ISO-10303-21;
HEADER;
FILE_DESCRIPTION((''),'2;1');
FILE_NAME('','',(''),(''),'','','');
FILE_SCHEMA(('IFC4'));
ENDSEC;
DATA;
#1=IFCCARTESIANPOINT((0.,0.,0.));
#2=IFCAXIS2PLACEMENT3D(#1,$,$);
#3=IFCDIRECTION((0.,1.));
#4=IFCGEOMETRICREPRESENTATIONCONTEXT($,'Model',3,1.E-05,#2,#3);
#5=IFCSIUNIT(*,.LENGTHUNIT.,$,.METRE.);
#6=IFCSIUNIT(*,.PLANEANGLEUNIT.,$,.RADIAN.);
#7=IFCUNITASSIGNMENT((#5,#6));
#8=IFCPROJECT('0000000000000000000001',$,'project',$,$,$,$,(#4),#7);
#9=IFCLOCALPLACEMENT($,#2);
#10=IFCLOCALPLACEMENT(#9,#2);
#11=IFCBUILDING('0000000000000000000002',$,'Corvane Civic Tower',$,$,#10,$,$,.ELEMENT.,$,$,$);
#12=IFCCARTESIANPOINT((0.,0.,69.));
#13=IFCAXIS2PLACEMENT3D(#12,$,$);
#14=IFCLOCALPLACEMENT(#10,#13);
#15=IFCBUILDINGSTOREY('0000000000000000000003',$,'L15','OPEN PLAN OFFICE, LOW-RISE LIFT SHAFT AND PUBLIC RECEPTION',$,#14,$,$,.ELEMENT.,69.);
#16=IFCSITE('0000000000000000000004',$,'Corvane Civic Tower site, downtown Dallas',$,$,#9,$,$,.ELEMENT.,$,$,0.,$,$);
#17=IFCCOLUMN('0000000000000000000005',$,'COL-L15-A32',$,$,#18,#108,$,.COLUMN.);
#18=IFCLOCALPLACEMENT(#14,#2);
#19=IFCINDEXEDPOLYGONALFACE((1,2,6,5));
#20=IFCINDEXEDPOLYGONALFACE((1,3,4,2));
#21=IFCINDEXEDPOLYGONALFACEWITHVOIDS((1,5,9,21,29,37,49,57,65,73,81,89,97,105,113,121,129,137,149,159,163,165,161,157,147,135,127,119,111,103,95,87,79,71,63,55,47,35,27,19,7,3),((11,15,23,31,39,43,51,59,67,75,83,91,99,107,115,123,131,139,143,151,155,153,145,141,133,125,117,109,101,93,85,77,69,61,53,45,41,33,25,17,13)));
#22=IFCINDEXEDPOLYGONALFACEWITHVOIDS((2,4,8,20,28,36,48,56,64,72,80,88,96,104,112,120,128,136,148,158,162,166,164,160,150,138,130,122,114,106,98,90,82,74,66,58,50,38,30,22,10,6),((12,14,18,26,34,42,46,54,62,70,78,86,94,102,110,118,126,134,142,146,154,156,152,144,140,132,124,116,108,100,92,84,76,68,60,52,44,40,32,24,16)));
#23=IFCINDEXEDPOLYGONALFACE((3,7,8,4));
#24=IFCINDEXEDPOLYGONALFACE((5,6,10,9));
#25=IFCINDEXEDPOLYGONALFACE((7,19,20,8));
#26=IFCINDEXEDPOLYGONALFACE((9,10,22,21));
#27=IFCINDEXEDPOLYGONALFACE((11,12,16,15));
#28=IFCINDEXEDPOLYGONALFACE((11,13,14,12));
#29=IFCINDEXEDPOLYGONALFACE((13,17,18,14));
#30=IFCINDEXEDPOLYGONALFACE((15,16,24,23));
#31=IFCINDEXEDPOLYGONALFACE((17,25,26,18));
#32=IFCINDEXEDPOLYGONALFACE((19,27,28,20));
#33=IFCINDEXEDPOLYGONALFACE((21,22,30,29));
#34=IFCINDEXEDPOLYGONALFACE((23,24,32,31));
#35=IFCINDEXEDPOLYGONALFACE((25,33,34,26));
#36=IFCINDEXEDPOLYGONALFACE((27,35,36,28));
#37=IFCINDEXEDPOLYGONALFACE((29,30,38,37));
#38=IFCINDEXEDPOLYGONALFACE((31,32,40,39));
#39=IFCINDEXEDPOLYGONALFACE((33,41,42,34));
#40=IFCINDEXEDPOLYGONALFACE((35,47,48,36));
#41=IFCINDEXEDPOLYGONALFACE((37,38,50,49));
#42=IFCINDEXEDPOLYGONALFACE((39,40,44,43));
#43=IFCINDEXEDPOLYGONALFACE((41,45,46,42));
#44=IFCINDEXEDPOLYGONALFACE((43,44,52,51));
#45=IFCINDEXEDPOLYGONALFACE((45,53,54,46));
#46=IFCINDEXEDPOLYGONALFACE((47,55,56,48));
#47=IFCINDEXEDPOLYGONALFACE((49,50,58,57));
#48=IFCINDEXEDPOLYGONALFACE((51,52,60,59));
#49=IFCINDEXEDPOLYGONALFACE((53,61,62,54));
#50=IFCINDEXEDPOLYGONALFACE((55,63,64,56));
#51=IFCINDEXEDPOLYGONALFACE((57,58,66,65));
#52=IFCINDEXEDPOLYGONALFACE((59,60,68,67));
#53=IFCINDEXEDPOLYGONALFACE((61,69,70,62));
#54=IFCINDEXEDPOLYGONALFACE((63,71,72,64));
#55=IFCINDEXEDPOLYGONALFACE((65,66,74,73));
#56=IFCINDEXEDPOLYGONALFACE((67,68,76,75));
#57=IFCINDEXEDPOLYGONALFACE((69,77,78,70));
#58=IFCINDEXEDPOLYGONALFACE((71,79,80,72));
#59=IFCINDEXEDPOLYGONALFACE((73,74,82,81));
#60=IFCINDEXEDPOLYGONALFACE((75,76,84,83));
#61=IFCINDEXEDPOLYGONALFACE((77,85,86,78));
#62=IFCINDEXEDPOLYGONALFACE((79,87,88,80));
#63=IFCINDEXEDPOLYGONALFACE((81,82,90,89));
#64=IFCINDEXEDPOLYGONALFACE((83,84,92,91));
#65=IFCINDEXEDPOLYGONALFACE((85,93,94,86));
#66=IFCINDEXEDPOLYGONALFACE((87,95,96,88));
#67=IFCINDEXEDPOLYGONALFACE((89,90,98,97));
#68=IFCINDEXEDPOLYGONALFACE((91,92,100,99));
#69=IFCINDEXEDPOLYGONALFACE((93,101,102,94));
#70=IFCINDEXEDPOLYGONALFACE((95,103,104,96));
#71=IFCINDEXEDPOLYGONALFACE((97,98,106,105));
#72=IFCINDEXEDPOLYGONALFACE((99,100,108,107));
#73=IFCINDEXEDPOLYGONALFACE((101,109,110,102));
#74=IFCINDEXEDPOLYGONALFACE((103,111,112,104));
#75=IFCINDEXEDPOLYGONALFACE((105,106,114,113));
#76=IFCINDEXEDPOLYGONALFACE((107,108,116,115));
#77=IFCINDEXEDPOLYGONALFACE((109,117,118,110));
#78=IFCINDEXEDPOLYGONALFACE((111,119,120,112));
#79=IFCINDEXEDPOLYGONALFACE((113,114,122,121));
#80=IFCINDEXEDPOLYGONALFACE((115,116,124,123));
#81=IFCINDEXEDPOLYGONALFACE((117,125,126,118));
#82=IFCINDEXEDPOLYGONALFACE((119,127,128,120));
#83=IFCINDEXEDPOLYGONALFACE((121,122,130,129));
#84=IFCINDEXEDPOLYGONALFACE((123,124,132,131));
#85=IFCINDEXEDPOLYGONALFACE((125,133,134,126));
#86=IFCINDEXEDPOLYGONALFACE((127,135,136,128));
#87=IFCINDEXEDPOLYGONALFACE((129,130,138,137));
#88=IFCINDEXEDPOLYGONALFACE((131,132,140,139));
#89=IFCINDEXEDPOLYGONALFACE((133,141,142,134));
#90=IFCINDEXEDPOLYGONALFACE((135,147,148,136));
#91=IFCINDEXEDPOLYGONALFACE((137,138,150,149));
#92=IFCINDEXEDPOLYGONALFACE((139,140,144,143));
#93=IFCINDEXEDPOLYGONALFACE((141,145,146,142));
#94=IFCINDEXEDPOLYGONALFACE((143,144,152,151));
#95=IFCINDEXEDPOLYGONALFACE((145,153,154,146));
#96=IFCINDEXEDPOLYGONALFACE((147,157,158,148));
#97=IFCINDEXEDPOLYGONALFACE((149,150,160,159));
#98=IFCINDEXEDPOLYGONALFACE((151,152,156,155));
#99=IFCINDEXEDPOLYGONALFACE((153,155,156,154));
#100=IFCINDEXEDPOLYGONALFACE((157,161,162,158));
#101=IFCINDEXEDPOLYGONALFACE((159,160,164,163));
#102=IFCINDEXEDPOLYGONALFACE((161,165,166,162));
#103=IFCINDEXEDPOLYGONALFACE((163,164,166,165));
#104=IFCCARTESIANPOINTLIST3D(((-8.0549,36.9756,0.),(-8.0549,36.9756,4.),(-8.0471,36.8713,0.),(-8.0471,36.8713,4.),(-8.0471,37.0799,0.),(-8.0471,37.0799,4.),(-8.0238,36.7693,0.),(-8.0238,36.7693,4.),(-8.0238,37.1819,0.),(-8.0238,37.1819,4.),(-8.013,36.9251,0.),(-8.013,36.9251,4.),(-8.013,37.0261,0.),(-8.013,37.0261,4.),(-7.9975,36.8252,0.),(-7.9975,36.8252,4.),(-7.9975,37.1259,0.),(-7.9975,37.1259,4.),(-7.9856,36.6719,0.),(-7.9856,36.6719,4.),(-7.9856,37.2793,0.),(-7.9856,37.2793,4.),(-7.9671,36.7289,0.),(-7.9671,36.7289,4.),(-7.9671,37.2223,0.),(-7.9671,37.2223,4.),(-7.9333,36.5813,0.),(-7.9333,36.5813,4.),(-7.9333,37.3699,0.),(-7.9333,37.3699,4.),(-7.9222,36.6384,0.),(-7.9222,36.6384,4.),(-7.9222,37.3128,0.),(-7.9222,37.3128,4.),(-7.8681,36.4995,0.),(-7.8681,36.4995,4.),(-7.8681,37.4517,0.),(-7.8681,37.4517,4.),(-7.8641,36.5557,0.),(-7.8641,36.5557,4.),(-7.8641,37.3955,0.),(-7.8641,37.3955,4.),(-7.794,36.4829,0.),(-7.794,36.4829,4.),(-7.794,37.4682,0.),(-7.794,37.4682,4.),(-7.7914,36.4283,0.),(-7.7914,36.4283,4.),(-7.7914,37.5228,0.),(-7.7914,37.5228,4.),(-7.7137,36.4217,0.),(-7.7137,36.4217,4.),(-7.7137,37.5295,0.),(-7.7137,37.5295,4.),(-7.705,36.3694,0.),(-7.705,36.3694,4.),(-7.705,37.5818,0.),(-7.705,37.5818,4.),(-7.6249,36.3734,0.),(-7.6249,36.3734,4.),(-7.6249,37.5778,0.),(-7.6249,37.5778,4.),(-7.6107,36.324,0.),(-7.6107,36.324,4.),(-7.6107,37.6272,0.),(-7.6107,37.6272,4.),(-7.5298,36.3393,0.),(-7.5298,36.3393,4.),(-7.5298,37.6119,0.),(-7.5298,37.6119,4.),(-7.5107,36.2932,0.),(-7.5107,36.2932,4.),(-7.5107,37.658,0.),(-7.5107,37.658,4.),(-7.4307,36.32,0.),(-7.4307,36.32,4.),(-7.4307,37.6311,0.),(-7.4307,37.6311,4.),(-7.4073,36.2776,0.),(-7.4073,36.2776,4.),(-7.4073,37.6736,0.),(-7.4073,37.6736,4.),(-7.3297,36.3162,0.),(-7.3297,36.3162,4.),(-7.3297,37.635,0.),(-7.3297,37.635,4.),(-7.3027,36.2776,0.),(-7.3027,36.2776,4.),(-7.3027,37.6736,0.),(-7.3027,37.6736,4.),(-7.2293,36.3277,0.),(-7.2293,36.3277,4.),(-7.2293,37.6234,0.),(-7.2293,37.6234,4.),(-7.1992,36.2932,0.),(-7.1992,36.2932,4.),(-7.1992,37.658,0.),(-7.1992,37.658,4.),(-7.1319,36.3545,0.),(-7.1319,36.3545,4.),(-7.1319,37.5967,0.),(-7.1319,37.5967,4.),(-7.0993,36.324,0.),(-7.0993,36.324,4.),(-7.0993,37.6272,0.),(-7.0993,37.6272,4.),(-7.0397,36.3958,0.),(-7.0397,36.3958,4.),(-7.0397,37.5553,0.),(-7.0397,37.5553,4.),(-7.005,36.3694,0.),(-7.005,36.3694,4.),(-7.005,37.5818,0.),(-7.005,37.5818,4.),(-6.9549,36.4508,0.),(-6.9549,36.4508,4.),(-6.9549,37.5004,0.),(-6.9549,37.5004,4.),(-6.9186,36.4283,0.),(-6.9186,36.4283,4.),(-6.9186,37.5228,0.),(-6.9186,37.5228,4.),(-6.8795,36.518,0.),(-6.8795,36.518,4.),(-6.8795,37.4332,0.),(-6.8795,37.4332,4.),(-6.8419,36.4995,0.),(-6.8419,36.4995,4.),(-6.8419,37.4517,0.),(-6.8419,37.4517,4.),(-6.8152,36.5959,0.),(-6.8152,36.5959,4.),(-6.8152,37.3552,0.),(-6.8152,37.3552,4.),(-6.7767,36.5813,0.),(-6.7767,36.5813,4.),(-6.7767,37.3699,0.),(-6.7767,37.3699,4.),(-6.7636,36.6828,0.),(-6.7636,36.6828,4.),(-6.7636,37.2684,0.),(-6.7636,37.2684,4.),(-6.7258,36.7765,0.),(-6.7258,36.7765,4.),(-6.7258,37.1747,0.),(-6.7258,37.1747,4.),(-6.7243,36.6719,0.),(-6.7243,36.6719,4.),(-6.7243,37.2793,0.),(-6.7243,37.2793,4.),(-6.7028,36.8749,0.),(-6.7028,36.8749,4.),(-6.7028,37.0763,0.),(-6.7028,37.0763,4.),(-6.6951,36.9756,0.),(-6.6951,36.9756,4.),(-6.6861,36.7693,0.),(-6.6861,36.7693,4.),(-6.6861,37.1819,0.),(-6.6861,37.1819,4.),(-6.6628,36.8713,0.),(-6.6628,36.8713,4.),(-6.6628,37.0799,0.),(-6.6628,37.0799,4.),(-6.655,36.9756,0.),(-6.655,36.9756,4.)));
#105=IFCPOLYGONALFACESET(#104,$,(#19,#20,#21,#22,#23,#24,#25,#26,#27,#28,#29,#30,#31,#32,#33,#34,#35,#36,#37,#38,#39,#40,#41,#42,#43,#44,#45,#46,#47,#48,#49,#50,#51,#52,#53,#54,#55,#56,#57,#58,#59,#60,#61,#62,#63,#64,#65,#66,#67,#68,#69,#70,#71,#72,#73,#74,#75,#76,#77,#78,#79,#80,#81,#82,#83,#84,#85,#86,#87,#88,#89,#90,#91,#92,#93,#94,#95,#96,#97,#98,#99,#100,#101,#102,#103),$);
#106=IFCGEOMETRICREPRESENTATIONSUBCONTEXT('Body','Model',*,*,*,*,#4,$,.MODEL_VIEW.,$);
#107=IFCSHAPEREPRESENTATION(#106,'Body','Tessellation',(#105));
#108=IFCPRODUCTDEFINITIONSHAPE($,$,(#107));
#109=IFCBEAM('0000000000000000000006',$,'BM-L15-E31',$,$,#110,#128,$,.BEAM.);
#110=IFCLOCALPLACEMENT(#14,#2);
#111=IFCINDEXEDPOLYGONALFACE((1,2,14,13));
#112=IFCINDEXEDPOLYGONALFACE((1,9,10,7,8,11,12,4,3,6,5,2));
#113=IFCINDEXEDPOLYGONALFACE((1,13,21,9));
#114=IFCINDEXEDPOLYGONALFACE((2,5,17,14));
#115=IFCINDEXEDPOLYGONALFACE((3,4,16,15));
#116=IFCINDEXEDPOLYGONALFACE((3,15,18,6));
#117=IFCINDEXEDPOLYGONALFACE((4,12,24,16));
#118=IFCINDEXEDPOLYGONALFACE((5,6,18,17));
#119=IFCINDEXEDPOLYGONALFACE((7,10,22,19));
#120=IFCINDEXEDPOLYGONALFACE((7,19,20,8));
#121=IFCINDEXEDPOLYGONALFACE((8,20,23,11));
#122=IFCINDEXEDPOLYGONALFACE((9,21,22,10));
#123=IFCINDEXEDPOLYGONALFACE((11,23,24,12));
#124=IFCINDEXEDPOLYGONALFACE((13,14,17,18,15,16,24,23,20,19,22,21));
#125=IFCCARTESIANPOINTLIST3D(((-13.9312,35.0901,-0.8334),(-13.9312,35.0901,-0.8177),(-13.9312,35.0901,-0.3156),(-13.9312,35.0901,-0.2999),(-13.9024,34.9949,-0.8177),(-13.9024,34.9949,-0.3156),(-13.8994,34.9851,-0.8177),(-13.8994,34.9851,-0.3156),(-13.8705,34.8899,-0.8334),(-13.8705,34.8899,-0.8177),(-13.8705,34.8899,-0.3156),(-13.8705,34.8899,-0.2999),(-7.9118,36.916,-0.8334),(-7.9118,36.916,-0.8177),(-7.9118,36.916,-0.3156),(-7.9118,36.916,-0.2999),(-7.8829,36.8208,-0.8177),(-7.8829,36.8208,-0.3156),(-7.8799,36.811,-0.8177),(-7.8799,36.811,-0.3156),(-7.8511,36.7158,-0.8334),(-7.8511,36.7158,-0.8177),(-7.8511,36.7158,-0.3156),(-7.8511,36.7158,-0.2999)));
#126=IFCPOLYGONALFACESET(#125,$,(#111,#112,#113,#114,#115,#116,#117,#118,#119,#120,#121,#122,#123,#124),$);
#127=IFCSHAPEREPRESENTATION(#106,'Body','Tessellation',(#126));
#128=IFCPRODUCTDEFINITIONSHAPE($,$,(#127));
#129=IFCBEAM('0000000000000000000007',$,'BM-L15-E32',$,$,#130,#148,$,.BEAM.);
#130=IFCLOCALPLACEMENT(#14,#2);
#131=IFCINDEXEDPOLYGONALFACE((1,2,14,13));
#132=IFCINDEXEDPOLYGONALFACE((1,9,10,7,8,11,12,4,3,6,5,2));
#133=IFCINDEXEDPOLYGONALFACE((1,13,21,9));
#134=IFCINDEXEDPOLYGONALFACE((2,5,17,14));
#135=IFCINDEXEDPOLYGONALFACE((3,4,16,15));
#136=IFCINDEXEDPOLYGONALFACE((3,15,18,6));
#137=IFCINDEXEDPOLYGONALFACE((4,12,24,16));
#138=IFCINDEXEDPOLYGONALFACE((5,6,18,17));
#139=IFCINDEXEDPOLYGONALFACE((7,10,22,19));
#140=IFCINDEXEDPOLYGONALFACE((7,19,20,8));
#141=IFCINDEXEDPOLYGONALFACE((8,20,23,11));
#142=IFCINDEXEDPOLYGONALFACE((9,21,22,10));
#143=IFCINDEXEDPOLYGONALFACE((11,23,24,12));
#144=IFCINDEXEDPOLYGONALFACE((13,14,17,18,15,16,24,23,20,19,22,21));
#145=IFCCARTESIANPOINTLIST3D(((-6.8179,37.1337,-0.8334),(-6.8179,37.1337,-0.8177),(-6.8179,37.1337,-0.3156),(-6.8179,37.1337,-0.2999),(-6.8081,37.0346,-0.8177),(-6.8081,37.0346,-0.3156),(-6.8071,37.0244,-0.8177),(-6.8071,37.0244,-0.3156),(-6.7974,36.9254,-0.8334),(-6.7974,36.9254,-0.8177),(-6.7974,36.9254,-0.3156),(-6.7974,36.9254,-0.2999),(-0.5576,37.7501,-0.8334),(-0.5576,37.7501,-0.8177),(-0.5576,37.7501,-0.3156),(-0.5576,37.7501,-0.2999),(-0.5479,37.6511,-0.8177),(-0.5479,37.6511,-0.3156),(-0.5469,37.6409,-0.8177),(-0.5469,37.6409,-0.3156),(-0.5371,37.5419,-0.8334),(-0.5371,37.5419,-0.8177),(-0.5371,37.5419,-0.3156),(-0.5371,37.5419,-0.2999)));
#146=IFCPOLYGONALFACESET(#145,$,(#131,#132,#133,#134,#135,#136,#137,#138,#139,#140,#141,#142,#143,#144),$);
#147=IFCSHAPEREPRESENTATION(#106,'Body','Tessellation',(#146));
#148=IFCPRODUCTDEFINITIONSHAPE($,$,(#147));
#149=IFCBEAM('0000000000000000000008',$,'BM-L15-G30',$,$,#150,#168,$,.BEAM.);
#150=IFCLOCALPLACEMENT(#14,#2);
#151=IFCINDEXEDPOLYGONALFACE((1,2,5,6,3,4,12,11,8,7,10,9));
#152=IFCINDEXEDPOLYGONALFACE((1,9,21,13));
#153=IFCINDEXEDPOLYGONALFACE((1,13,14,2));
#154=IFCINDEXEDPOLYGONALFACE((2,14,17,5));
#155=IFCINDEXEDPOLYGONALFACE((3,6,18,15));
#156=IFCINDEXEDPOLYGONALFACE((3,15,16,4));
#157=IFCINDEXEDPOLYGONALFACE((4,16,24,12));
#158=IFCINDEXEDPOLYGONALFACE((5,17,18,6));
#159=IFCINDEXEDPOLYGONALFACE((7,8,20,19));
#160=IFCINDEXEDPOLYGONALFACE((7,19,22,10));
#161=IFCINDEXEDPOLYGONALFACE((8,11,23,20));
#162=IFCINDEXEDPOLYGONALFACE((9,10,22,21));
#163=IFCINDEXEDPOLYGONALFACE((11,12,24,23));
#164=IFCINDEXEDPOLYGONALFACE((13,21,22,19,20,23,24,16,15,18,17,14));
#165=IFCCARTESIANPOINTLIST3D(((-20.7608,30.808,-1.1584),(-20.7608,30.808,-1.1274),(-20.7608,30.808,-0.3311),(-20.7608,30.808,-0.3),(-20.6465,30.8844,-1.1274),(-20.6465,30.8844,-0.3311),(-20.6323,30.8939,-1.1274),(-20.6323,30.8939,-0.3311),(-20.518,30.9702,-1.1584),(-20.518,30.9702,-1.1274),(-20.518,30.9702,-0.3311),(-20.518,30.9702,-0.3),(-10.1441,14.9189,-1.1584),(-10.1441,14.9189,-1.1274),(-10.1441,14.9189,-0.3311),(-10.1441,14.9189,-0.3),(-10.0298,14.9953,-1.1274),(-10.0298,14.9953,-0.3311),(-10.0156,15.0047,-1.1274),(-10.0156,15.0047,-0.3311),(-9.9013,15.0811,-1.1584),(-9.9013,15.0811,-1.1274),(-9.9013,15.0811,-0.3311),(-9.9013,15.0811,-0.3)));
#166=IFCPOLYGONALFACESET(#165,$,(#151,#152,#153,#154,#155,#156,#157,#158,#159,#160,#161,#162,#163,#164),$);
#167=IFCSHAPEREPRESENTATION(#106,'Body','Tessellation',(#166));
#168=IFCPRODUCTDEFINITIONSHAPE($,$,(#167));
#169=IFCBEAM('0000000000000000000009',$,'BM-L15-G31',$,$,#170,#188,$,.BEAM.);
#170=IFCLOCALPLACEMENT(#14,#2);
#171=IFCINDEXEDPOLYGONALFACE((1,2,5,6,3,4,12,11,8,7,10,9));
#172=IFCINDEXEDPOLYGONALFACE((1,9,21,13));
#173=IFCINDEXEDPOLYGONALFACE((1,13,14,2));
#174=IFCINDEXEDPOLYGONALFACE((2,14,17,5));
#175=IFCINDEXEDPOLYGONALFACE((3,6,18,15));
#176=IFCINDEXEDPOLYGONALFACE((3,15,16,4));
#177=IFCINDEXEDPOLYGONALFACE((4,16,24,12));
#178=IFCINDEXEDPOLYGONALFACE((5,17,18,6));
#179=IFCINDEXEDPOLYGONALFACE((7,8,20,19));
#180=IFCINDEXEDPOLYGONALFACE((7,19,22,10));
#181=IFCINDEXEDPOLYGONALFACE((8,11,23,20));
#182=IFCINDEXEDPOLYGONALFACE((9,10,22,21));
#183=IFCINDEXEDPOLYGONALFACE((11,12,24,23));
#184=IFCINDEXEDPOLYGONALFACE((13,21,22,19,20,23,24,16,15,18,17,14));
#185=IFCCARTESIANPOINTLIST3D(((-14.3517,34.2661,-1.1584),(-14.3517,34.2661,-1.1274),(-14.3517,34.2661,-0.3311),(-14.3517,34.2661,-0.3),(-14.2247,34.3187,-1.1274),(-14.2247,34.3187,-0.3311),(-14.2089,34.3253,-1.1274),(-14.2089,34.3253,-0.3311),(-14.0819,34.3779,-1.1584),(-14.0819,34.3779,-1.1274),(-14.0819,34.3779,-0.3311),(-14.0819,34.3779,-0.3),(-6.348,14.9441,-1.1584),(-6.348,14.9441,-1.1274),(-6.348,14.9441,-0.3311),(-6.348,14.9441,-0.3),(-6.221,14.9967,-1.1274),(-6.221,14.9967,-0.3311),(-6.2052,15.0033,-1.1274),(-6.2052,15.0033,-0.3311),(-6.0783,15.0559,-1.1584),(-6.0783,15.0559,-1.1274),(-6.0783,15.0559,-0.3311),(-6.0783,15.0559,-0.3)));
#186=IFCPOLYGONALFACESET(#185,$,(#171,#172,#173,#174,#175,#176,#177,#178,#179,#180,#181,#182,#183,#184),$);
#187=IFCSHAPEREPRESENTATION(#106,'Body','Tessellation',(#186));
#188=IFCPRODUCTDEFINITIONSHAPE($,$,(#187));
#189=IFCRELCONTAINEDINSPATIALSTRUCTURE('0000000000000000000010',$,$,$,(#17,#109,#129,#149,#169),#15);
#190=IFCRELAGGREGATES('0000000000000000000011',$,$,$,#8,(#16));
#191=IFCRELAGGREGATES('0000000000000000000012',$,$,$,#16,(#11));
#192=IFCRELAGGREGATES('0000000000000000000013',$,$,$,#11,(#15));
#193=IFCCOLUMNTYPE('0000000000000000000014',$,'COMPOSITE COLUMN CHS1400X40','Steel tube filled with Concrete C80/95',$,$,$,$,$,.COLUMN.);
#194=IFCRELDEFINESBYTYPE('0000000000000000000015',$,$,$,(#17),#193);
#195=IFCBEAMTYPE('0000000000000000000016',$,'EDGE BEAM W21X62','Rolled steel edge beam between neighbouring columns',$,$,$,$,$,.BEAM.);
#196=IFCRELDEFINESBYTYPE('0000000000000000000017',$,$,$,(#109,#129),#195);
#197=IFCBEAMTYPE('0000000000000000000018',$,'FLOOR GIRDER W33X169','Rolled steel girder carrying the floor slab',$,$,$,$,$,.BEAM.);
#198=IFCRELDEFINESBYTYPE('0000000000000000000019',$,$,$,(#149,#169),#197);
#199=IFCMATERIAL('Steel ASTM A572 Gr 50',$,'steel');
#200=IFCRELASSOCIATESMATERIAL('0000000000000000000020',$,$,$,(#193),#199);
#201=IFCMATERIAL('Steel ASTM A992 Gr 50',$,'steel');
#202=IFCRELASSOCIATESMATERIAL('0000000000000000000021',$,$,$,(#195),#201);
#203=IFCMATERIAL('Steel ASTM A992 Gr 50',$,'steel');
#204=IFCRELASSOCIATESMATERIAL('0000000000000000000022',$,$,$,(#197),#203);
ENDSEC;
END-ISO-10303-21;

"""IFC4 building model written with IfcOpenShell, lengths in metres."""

from ifc_helpers import new_model, si_unit, direction, frame, origin, origin_2d, place, context, subcontext, project, spatial, hollow_circle, i_section, extrude, material, material_profile, profile_set, type_object, element, save


model = new_model("IFC4")

# Units and contexts
model_context = context("Model", 3, precision=1e-05, world=origin(), true_north=direction((0.0, 1.0)))
body_context = subcontext(model_context, "Body", "Model", "MODEL_VIEW")
ifc_project = project(units=[si_unit("LENGTHUNIT", "METRE"), si_unit("PLANEANGLEUNIT", "RADIAN")], contexts=[model_context])

# Site, building, storey
site_placement = place(None, origin())
site = spatial("IfcSite", under=ifc_project, at=site_placement, Name="Corvane Civic Tower site, downtown Dallas", CompositionType="ELEMENT", RefElevation=0.0)
building_placement = place(site_placement, origin())
building = spatial("IfcBuilding", under=site, at=building_placement, Name="Corvane Civic Tower", CompositionType="ELEMENT")
storey_placement = place(building_placement, frame((0.0, 0.0, 69.0)))
storey = spatial("IfcBuildingStorey", under=building, at=storey_placement, Name="L15", Description="OPEN PLAN OFFICE, LOW-RISE LIFT SHAFT AND PUBLIC RECEPTION", CompositionType="ELEMENT", Elevation=69.0)

# Column
ifc_material_1 = material(Name="Steel ASTM A572 Gr 50", Category="steel")
ifc_material_profile_1 = material_profile(ifc_material_1, hollow_circle(Radius=0.7, WallThickness=0.04, at=origin_2d()), Name="CHS1400X40")
ifc_profile_set_1 = profile_set([ifc_material_profile_1], Name="Steel ASTM A572 Gr 50")
column_type = type_object("IfcColumnType", Name="COMPOSITE COLUMN CHS1400X40", Description="Steel tube filled with Concrete C80/95", PredefinedType="COLUMN", material=ifc_profile_set_1)
for number, where, z_axis, x_axis, name in (
    (1, (-7.355, 36.9756, 0.0), (0.0, 0.0, 1.0), (1.0, 0.0, 0.0), "COL-L15-A32"),
):
    element("IfcColumn", number, at=place(storey_placement, frame(where, z_axis=z_axis, x_axis=x_axis)), inside=storey, type_object=column_type, Name=name, PredefinedType="COLUMN", context=body_context, shape_type="SweptSolid", body=[
        extrude(hollow_circle(Radius=0.7, WallThickness=0.04, at=origin_2d()), origin(), (0.0, 0.0, 1.0), 4.0),
    ])

# Beams
ifc_material_2 = material(Name="Steel ASTM A992 Gr 50", Category="steel")
ifc_material_profile_2 = material_profile(ifc_material_2, i_section(OverallWidth=0.2092, OverallDepth=0.5334, WebThickness=0.0103, FlangeThickness=0.0156, at=origin_2d()), Name="W21X62")
ifc_profile_set_2 = profile_set([ifc_material_profile_2], Name="Steel ASTM A992 Gr 50")
beam_type_1 = type_object("IfcBeamType", Name="EDGE BEAM W21X62", Description="Rolled steel edge beam between neighbouring columns", PredefinedType="BEAM", material=ifc_profile_set_2)
beam_1_placement = place(storey_placement, frame((-13.9009, 34.99, -0.5667), z_axis=(0.956944, 0.290273, 0.0), x_axis=(-0.290273, 0.956944, 0.0)))
element("IfcBeam", 2, at=beam_1_placement, inside=storey, type_object=beam_type_1, Name="BM-L15-E31", PredefinedType="BEAM", context=body_context, shape_type="SweptSolid", body=[
    extrude(i_section(OverallWidth=0.2092, OverallDepth=0.5334, WebThickness=0.0103, FlangeThickness=0.0156, at=origin_2d()), origin(), (0.0, 0.0, 1.0), 6.2903),
])
beam_2_placement = place(storey_placement, frame((-6.8076, 37.0295, -0.5667), z_axis=(0.995187, 0.097997, 0.0), x_axis=(-0.097997, 0.995187, 0.0)))
element("IfcBeam", 3, at=beam_2_placement, inside=storey, type_object=beam_type_1, Name="BM-L15-E32", PredefinedType="BEAM", context=body_context, shape_type="SweptSolid", body=[
    extrude(i_section(OverallWidth=0.2092, OverallDepth=0.5334, WebThickness=0.0103, FlangeThickness=0.0156, at=origin_2d()), origin(), (0.0, 0.0, 1.0), 6.2905),
])
ifc_material_3 = material(Name="Steel ASTM A992 Gr 50", Category="steel")
ifc_material_profile_3 = material_profile(ifc_material_3, i_section(OverallWidth=0.292, OverallDepth=0.8584, WebThickness=0.0171, FlangeThickness=0.031, at=origin_2d()), Name="W33X169")
ifc_profile_set_3 = profile_set([ifc_material_profile_3], Name="Steel ASTM A992 Gr 50")
beam_type_2 = type_object("IfcBeamType", Name="FLOOR GIRDER W33X169", Description="Rolled steel girder carrying the floor slab", PredefinedType="BEAM", material=ifc_profile_set_3)
beam_3_placement = place(storey_placement, frame((-10.0227, 15.0, -0.7292), z_axis=(-0.555567, 0.831472, 0.0), x_axis=(-0.831472, -0.555567, 0.0)))
element("IfcBeam", 4, at=beam_3_placement, inside=storey, type_object=beam_type_2, Name="BM-L15-G30", PredefinedType="BEAM", context=body_context, shape_type="SweptSolid", body=[
    extrude(i_section(OverallWidth=0.292, OverallDepth=0.8584, WebThickness=0.0171, FlangeThickness=0.031, at=origin_2d()), origin(), (0.0, 0.0, 1.0), 19.1096),
])
beam_4_placement = place(storey_placement, frame((-6.2131, 15.0, -0.7292), z_axis=(-0.382692, 0.923876, 0.0), x_axis=(-0.923876, -0.382692, 0.0)))
element("IfcBeam", 5, at=beam_4_placement, inside=storey, type_object=beam_type_2, Name="BM-L15-G31", PredefinedType="BEAM", context=body_context, shape_type="SweptSolid", body=[
    extrude(i_section(OverallWidth=0.292, OverallDepth=0.8584, WebThickness=0.0171, FlangeThickness=0.031, at=origin_2d()), origin(), (0.0, 0.0, 1.0), 20.9141),
])

save(model, "model.ifc")
